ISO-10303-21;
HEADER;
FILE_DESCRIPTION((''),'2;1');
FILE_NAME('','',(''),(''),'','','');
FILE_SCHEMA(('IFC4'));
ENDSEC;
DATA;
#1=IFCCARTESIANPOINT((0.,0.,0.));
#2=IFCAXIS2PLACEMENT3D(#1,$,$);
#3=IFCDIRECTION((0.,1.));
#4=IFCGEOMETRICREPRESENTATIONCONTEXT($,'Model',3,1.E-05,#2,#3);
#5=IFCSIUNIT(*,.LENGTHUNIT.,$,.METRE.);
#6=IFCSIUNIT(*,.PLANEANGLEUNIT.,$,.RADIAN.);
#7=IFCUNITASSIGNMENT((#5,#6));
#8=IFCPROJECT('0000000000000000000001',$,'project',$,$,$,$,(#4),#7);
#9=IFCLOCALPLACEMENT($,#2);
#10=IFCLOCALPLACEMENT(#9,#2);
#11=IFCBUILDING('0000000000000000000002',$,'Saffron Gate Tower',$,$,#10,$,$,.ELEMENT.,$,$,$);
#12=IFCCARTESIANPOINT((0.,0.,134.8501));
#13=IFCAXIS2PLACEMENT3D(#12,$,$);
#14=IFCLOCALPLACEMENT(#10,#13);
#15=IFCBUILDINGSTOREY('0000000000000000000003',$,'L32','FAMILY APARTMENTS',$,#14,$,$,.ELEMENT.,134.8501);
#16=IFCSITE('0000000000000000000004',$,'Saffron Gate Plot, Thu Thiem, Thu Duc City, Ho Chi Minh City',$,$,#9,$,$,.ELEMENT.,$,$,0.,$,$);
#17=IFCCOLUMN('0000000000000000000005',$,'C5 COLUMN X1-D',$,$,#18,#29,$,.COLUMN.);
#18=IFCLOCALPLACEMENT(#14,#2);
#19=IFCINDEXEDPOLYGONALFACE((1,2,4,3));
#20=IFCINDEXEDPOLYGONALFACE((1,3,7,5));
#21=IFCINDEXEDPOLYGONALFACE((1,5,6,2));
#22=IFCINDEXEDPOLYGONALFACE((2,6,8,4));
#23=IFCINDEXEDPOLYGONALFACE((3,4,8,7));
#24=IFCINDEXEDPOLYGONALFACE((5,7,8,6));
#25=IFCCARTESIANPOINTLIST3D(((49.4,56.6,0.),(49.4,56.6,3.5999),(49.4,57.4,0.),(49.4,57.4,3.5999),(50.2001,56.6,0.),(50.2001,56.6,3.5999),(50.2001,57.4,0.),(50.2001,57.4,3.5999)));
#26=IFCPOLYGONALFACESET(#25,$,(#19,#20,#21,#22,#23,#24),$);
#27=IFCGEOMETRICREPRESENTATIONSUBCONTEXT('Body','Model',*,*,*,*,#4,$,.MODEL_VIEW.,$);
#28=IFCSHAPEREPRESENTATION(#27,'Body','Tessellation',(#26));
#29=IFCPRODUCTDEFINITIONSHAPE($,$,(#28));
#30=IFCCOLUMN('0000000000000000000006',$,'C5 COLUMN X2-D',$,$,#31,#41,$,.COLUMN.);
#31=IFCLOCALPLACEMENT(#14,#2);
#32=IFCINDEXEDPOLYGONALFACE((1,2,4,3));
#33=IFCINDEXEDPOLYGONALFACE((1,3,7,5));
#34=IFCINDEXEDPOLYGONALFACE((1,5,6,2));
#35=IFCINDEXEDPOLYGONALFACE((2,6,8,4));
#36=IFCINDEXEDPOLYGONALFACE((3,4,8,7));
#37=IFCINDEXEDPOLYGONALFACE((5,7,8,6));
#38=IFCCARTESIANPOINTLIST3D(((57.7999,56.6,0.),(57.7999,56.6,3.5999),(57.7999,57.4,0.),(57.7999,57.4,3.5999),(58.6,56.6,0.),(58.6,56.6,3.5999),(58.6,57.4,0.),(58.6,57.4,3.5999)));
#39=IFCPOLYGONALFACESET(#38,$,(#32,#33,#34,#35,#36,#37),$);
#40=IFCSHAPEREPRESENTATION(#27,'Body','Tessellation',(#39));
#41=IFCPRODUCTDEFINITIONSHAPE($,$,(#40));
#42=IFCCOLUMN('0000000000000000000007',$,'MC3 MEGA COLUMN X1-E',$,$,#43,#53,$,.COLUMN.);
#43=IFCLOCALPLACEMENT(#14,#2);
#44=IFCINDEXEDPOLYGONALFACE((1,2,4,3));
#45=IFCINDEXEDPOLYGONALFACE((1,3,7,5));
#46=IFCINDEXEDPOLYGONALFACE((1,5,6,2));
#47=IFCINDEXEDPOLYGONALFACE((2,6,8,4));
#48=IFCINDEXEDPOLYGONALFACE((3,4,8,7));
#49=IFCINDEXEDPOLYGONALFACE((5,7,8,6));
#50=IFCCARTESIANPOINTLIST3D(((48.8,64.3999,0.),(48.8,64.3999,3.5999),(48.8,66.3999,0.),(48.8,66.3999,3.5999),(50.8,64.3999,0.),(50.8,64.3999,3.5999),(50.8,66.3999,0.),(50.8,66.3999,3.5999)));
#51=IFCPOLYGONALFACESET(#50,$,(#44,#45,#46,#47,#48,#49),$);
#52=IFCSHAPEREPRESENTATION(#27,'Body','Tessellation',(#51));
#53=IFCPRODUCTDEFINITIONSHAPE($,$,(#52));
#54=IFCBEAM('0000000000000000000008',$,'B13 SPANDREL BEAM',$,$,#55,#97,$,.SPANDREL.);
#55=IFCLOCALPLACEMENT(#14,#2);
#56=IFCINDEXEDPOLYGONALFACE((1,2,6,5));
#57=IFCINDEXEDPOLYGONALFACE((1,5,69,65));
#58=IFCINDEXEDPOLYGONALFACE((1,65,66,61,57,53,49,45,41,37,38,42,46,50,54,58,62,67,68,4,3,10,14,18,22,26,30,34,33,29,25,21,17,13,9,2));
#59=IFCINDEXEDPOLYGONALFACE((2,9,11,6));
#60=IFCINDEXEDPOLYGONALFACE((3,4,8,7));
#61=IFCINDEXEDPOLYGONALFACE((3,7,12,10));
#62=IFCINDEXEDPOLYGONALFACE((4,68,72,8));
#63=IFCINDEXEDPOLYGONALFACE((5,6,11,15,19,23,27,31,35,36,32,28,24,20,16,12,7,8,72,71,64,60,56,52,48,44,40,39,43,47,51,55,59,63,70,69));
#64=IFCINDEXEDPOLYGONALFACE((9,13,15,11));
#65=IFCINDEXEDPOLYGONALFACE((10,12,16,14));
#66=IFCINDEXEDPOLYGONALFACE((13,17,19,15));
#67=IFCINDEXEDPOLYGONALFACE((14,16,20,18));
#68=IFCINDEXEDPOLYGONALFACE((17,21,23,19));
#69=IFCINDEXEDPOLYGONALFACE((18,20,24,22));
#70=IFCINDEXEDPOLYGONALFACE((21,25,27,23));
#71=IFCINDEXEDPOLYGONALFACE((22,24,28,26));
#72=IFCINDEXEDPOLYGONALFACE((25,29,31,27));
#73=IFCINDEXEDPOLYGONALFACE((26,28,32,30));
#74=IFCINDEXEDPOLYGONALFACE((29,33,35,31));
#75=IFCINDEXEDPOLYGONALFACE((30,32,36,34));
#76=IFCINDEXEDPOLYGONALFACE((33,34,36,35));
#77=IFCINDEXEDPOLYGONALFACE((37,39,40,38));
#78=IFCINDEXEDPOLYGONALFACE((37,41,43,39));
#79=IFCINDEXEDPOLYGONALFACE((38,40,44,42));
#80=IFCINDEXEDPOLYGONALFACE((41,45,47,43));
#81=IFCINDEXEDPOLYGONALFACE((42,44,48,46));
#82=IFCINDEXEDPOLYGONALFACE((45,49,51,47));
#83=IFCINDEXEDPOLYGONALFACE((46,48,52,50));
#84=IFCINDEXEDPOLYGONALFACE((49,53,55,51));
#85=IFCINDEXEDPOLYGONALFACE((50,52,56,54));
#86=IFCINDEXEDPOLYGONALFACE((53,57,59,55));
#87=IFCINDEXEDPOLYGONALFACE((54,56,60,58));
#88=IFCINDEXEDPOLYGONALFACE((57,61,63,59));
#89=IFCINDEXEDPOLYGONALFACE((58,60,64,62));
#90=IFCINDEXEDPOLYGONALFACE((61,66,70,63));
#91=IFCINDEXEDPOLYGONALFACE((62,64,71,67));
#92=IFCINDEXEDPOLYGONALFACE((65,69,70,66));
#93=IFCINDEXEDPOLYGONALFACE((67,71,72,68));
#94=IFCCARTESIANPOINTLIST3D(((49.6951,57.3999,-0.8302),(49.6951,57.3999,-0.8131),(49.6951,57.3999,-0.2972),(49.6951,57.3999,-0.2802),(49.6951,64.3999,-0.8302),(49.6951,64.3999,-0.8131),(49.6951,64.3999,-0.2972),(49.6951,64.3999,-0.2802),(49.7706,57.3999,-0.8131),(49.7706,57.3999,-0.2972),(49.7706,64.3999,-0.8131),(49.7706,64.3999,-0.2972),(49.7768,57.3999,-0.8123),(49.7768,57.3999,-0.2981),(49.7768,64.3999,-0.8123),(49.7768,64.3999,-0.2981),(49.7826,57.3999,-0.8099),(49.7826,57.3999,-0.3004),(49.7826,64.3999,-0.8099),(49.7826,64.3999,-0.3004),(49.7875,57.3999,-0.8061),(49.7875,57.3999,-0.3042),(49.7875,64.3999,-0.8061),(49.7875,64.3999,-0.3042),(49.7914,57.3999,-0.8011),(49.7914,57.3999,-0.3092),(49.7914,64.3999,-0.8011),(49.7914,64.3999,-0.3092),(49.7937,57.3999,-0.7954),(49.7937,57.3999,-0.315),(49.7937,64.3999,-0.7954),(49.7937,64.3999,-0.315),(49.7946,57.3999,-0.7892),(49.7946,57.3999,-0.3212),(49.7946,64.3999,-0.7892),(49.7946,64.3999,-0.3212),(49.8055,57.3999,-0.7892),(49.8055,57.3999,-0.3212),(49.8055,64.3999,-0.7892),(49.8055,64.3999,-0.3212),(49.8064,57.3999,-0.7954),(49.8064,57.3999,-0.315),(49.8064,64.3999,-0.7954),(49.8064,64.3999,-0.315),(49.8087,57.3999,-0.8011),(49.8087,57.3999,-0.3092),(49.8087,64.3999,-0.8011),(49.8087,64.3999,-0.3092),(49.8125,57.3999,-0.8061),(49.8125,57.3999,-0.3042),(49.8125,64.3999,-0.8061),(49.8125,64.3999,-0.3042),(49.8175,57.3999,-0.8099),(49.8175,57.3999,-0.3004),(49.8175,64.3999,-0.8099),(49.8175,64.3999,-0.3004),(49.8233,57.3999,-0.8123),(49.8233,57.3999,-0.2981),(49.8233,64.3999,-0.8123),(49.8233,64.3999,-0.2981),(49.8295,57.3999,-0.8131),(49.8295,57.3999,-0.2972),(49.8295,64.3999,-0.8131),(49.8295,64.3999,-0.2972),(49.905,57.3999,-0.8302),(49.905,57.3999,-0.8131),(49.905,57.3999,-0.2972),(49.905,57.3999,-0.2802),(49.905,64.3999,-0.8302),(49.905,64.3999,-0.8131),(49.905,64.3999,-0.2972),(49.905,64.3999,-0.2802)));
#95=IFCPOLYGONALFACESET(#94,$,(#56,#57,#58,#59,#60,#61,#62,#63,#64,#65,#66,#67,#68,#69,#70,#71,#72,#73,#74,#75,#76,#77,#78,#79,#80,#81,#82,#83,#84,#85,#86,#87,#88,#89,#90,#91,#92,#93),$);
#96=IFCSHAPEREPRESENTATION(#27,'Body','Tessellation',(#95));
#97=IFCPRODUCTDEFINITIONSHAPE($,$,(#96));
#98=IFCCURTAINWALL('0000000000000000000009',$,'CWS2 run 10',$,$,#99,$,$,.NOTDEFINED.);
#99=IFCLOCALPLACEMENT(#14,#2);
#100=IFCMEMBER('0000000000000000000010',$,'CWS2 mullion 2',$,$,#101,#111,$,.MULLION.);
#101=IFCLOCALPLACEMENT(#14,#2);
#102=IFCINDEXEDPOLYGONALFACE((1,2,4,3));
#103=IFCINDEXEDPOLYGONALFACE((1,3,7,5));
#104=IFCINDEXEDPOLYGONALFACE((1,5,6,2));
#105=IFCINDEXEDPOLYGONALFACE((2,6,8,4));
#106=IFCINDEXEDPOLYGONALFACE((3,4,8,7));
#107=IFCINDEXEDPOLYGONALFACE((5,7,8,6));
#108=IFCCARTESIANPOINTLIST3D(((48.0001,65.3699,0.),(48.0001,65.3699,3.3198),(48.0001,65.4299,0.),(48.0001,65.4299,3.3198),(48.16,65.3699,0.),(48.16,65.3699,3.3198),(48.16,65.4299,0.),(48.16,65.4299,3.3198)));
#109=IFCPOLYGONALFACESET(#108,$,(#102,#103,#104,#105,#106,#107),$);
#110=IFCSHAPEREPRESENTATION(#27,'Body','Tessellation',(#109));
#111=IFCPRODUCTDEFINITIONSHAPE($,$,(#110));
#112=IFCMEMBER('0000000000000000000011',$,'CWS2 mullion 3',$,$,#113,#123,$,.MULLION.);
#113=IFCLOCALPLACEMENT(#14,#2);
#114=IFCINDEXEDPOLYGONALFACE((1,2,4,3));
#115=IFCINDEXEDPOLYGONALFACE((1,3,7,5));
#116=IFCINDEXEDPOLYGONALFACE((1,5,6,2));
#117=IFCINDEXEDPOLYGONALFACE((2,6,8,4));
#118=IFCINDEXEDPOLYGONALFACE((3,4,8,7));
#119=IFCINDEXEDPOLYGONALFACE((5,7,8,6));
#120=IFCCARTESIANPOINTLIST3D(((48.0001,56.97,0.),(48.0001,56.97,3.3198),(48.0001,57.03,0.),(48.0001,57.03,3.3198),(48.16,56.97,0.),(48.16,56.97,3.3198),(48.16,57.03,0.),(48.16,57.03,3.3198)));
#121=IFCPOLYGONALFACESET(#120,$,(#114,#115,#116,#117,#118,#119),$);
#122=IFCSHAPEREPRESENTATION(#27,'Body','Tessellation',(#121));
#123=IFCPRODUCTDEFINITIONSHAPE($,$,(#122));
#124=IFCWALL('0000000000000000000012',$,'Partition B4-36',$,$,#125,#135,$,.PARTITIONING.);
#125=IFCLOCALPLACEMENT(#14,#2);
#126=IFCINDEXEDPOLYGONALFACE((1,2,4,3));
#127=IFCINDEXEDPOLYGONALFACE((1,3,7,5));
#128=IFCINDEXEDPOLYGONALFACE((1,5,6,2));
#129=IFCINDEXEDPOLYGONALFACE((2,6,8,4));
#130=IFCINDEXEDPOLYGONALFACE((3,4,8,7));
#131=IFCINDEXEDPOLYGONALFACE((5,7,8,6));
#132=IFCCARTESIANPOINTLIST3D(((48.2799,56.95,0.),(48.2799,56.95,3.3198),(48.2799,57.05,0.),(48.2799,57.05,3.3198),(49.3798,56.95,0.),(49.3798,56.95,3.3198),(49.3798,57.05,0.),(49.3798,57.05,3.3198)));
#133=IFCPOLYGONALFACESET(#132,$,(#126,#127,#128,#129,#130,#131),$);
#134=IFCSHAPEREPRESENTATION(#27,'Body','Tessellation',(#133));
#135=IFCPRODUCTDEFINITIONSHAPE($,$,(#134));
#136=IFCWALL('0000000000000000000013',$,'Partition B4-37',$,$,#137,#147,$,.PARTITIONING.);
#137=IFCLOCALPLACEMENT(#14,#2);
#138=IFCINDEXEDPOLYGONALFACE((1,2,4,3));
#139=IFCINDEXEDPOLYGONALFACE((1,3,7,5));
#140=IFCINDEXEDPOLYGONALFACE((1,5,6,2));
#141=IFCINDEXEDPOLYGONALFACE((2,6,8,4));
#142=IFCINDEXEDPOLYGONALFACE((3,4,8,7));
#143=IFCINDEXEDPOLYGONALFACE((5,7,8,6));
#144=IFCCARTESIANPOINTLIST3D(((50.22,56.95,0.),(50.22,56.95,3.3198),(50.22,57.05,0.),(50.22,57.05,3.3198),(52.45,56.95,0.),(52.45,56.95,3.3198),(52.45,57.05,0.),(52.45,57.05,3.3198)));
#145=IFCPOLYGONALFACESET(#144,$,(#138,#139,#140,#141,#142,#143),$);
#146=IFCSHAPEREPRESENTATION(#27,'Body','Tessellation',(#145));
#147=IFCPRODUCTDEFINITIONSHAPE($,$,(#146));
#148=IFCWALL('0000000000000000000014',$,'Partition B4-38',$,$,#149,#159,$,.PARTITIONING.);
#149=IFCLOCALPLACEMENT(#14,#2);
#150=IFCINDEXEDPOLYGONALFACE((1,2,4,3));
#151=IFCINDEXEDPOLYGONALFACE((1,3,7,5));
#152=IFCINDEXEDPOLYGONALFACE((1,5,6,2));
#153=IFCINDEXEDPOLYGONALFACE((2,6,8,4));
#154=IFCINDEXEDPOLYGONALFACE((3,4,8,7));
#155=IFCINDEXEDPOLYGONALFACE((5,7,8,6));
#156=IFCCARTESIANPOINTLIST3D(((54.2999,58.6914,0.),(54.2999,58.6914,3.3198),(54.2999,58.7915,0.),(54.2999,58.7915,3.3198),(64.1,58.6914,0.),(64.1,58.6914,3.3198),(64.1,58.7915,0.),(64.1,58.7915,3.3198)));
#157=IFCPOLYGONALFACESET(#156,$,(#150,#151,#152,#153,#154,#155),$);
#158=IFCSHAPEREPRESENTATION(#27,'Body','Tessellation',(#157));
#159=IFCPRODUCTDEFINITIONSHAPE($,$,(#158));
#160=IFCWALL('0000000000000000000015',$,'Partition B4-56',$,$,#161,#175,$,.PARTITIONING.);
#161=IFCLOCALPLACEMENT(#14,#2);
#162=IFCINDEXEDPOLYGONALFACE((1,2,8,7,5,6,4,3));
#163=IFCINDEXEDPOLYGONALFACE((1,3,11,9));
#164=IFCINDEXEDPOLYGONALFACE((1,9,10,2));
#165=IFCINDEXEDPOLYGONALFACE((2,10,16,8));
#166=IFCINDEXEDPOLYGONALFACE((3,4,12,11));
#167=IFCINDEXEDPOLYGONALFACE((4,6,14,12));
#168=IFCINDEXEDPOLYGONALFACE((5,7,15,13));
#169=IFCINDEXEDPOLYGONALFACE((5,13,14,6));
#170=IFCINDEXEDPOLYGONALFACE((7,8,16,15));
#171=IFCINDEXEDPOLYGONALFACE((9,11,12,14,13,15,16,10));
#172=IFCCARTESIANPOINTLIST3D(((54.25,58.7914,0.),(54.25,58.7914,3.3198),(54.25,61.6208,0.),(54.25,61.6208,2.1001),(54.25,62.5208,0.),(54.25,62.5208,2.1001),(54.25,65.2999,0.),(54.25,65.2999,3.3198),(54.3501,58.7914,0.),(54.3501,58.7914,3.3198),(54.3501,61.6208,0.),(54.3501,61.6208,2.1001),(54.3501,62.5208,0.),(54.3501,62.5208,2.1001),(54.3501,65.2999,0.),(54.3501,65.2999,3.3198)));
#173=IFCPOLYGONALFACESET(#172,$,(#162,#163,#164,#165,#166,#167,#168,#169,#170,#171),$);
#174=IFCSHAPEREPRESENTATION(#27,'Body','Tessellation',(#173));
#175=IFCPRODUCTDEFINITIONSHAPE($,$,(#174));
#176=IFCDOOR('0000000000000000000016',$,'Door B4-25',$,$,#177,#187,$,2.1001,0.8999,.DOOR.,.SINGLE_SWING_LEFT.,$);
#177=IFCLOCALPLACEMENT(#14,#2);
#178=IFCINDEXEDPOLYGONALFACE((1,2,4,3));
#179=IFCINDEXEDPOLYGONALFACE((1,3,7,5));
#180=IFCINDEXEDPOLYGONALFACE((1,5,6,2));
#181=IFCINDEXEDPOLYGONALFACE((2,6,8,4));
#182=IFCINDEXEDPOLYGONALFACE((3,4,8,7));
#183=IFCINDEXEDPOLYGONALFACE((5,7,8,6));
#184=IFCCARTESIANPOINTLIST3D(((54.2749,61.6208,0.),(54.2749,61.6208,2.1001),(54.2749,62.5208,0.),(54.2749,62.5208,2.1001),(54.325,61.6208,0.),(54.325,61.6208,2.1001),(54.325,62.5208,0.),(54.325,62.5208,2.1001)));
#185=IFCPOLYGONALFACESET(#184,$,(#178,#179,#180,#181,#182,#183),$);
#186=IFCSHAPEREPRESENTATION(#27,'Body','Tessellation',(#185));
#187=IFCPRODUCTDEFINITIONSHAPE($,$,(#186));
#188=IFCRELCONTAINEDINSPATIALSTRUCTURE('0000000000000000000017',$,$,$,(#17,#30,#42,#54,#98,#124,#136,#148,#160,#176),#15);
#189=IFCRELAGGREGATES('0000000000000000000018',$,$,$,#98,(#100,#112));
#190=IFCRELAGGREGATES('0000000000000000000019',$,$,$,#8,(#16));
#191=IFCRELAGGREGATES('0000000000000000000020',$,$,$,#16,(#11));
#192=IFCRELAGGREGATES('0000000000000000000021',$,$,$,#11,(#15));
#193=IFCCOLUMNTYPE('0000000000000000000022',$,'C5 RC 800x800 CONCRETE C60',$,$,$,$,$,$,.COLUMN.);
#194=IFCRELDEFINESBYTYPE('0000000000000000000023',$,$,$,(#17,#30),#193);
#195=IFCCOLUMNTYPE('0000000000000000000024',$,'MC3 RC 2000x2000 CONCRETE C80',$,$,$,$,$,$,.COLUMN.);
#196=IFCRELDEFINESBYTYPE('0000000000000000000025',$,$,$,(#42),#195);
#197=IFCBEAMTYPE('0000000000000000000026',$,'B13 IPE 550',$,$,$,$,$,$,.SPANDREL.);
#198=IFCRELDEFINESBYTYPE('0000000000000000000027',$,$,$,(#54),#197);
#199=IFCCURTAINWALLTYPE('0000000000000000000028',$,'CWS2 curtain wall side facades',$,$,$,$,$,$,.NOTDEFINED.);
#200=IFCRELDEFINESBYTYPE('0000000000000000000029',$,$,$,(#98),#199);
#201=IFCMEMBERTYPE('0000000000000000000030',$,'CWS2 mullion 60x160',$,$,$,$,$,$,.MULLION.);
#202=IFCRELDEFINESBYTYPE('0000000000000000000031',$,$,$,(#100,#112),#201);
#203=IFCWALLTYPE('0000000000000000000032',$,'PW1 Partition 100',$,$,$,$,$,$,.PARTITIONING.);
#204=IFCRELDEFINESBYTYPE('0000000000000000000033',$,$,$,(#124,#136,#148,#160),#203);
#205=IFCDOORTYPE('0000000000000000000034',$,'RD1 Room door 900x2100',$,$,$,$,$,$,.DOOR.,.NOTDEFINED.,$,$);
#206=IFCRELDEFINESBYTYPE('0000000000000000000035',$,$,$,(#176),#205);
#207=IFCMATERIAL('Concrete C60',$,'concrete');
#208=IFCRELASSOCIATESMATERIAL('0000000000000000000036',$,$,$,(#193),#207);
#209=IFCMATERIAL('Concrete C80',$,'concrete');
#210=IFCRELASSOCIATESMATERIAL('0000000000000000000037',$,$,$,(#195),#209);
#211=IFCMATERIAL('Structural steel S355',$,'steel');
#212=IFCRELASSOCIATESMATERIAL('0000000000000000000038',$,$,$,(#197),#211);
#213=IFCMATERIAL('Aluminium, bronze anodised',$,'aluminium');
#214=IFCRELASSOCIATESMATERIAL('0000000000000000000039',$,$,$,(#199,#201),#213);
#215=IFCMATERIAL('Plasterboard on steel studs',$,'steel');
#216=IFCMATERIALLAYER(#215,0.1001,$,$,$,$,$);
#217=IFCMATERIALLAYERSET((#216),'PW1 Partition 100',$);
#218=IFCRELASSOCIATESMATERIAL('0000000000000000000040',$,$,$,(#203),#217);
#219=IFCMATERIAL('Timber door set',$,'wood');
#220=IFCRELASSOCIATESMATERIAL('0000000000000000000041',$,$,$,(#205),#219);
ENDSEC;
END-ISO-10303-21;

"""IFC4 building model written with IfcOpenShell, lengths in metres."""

from ifc_helpers import new_model, si_unit, direction, frame, frame_2d, origin, origin_2d, place, context, subcontext, project, spatial, rectangle, i_section, extrude, material, layer, layer_set, material_profile, profile_set, type_object, element, fill, aggregate, save


model = new_model("IFC4")

# Units and contexts
model_context = context("Model", 3, precision=1e-05, world=origin(), true_north=direction((0.0, 1.0)))
body_context = subcontext(model_context, "Body", "Model", "MODEL_VIEW")
ifc_project = project(units=[si_unit("LENGTHUNIT", "METRE"), si_unit("PLANEANGLEUNIT", "RADIAN")], contexts=[model_context])

# Site, building, storey
site_placement = place(None, origin())
site = spatial("IfcSite", under=ifc_project, at=site_placement, Name="Saffron Gate Plot, Thu Thiem, Thu Duc City, Ho Chi Minh City", CompositionType="ELEMENT", RefElevation=0.0)
building_placement = place(site_placement, origin())
building = spatial("IfcBuilding", under=site, at=building_placement, Name="Saffron Gate Tower", CompositionType="ELEMENT")
storey_placement = place(building_placement, frame((0.0, 0.0, 134.8501)))
storey = spatial("IfcBuildingStorey", under=building, at=storey_placement, Name="L32", Description="FAMILY APARTMENTS", CompositionType="ELEMENT", Elevation=134.8501)

# Columns
ifc_material_1 = material(Name="Concrete C60", Category="concrete")
ifc_material_profile_1 = material_profile(ifc_material_1, rectangle(XDim=0.8, YDim=0.8, at=origin_2d()))
ifc_profile_set_1 = profile_set([ifc_material_profile_1], Name="Concrete C60")
column_type_1 = type_object("IfcColumnType", Name="C5 RC 800x800 CONCRETE C60", PredefinedType="COLUMN", material=ifc_profile_set_1)
for number, where, z_axis, x_axis, name in (
    (1, (49.8, 57.0, 0.0), (0.0, 0.0, 1.0), (1.0, 0.0, 0.0), "C5 COLUMN X1-D"),
    (2, (58.2, 57.0, 0.0), (0.0, 0.0, 1.0), (1.0, 0.0, 0.0), "C5 COLUMN X2-D"),
):
    element("IfcColumn", number, at=place(storey_placement, frame(where, z_axis=z_axis, x_axis=x_axis)), inside=storey, type_object=column_type_1, Name=name, PredefinedType="COLUMN", context=body_context, shape_type="SweptSolid", body=[
        extrude(rectangle(XDim=0.8, YDim=0.8, at=origin_2d()), origin(), (0.0, 0.0, 1.0), 3.5999),
    ])
ifc_material_2 = material(Name="Concrete C80", Category="concrete")
ifc_material_profile_2 = material_profile(ifc_material_2, rectangle(XDim=2.0, YDim=2.0, at=origin_2d()))
ifc_profile_set_2 = profile_set([ifc_material_profile_2], Name="Concrete C80")
column_type_2 = type_object("IfcColumnType", Name="MC3 RC 2000x2000 CONCRETE C80", PredefinedType="COLUMN", material=ifc_profile_set_2)
column_placement = place(storey_placement, frame((49.8, 65.3999, 0.0), z_axis=(0.0, 0.0, 1.0), x_axis=(1.0, 0.0, 0.0)))
element("IfcColumn", 3, at=column_placement, inside=storey, type_object=column_type_2, Name="MC3 MEGA COLUMN X1-E", PredefinedType="COLUMN", context=body_context, shape_type="SweptSolid", body=[
    extrude(rectangle(XDim=2.0, YDim=2.0, at=origin_2d()), origin(), (0.0, 0.0, 1.0), 3.5999),
])

# Beam
ifc_material_3 = material(Name="Structural steel S355", Category="steel")
ifc_material_profile_3 = material_profile(ifc_material_3, i_section(OverallWidth=0.21, OverallDepth=0.55, WebThickness=0.011, FlangeThickness=0.0171, FilletRadius=0.0239, at=origin_2d()))
ifc_profile_set_3 = profile_set([ifc_material_profile_3], Name="Structural steel S355")
beam_type = type_object("IfcBeamType", Name="B13 IPE 550", PredefinedType="SPANDREL", material=ifc_profile_set_3)
beam_placement = place(storey_placement, frame((49.8, 57.3999, -0.5552), z_axis=(0.0, 1.0, 0.0), x_axis=(-1.0, 0.0, 0.0)))
element("IfcBeam", 4, at=beam_placement, inside=storey, type_object=beam_type, Name="B13 SPANDREL BEAM", PredefinedType="SPANDREL", context=body_context, shape_type="SweptSolid", body=[
    extrude(i_section(OverallWidth=0.21, OverallDepth=0.55, WebThickness=0.011, FlangeThickness=0.0171, FilletRadius=0.0239, at=origin_2d()), origin(), (0.0, 0.0, 1.0), 7.0),
])

# Curtain wall, members
ifc_material_4 = material(Name="Aluminium, bronze anodised", Category="aluminium")
curtain_wall_type = type_object("IfcCurtainWallType", Name="CWS2 curtain wall side facades", PredefinedType="NOTDEFINED", material=ifc_material_4)
curtain_wall_placement = place(storey_placement, origin())
curtain_wall = element("IfcCurtainWall", 5, at=curtain_wall_placement, inside=storey, type_object=curtain_wall_type, Name="CWS2 run 10", PredefinedType="NOTDEFINED")
ifc_material_profile_4 = material_profile(ifc_material_4, rectangle(XDim=0.1599, YDim=0.0601, at=origin_2d()))
ifc_profile_set_4 = profile_set([ifc_material_profile_4], Name="Aluminium, bronze anodised")
member_type = type_object("IfcMemberType", Name="CWS2 mullion 60x160", PredefinedType="MULLION", material=ifc_profile_set_4)
member_1_placement = place(storey_placement, frame((48.0801, 65.3999, 0.0), z_axis=(0.0, 0.0, 1.0), x_axis=(1.0, 0.0, 0.0)))
member_1 = element("IfcMember", 6, at=member_1_placement, type_object=member_type, Name="CWS2 mullion 2", PredefinedType="MULLION", context=body_context, shape_type="SweptSolid", body=[
    extrude(rectangle(XDim=0.1599, YDim=0.0601, at=origin_2d()), origin(), (0.0, 0.0, 1.0), 3.3198),
])
member_2_placement = place(storey_placement, frame((48.0801, 57.0, 0.0), z_axis=(0.0, 0.0, 1.0), x_axis=(1.0, 0.0, 0.0)))
member_2 = element("IfcMember", 7, at=member_2_placement, type_object=member_type, Name="CWS2 mullion 3", PredefinedType="MULLION", context=body_context, shape_type="SweptSolid", body=[
    extrude(rectangle(XDim=0.1599, YDim=0.0601, at=origin_2d()), origin(), (0.0, 0.0, 1.0), 3.3198),
])
aggregate(curtain_wall, [member_1, member_2])

# Walls
ifc_material_5 = material(Name="Plasterboard on steel studs", Category="steel")
ifc_layer_1 = layer(ifc_material_5, 0.1001)
ifc_layer_set_1 = layer_set([ifc_layer_1], Name="PW1 Partition 100")
wall_type_1 = type_object("IfcWallType", Name="PW1 Partition 100", PredefinedType="PARTITIONING", material=ifc_layer_set_1)
wall_1_placement = place(storey_placement, frame((48.28, 57.0, 0.0), z_axis=(0.0, 0.0, 1.0), x_axis=(1.0, 0.0, 0.0)))
element("IfcWall", 8, at=wall_1_placement, inside=storey, type_object=wall_type_1, Name="Partition B4-36", PredefinedType="PARTITIONING", context=body_context, shape_type="SweptSolid", body=[
    extrude(rectangle(XDim=1.0999, YDim=0.1001, at=frame_2d((0.5498, 0.0))), origin(), (0.0, 0.0, 1.0), 3.3198),
])
wall_2_placement = place(storey_placement, frame((50.22, 57.0, 0.0), z_axis=(0.0, 0.0, 1.0), x_axis=(1.0, 0.0, 0.0)))
element("IfcWall", 9, at=wall_2_placement, inside=storey, type_object=wall_type_1, Name="Partition B4-37", PredefinedType="PARTITIONING", context=body_context, shape_type="SweptSolid", body=[
    extrude(rectangle(XDim=2.23, YDim=0.1001, at=frame_2d((1.115, 0.0))), origin(), (0.0, 0.0, 1.0), 3.3198),
])
wall_3_placement = place(storey_placement, frame((54.3, 58.7415, 0.0), z_axis=(0.0, 0.0, 1.0), x_axis=(1.0, 0.0, 0.0)))
element("IfcWall", 10, at=wall_3_placement, inside=storey, type_object=wall_type_1, Name="Partition B4-38", PredefinedType="PARTITIONING", context=body_context, shape_type="SweptSolid", body=[
    extrude(rectangle(XDim=9.8, YDim=0.1001, at=frame_2d((4.8999, 0.0))), origin(), (0.0, 0.0, 1.0), 3.3198),
])

# Wall, opening, door
wall_4_placement = place(storey_placement, frame((54.3, 65.3, 0.0), z_axis=(0.0, 0.0, 1.0), x_axis=(0.0, -1.0, 0.0)))
wall_4 = element("IfcWall", 11, at=wall_4_placement, inside=storey, type_object=wall_type_1, Name="Partition B4-56", PredefinedType="PARTITIONING", context=body_context, shape_type="SweptSolid", body=[
    extrude(rectangle(XDim=6.5085, YDim=0.1001, at=frame_2d((3.2544, 0.0))), origin(), (0.0, 0.0, 1.0), 3.3198),
])
opening_placement = place(wall_4_placement, frame((2.7793, 0.0, 0.0)))
opening = element("IfcOpeningElement", 12, at=opening_placement, cuts=wall_4, PredefinedType="OPENING", context=body_context, shape_type="SweptSolid", body=[
    extrude(rectangle(XDim=0.8999, YDim=2.1001, at=frame_2d((0.45, 1.05))), frame((0.0, 0.0601, 0.0), z_axis=(0.0, -1.0, 0.0), x_axis=(1.0, 0.0, 0.0)), (0.0, 0.0, 1.0), 0.1201),
])
ifc_material_6 = material(Name="Timber door set", Category="wood")
door_type = type_object("IfcDoorType", Name="RD1 Room door 900x2100", OperationType="NOTDEFINED", PredefinedType="DOOR", material=ifc_material_6)
door_placement = place(opening_placement, origin())
door = element("IfcDoor", 13, at=door_placement, inside=storey, type_object=door_type, Name="Door B4-25", OperationType="SINGLE_SWING_LEFT", OverallHeight=2.1001, OverallWidth=0.8999, PredefinedType="DOOR", context=body_context, shape_type="SweptSolid", body=[
    extrude(rectangle(XDim=0.8999, YDim=2.1001, at=frame_2d((0.45, 1.05))), frame((0.0, 0.0249, 0.0), z_axis=(0.0, -1.0, 0.0), x_axis=(1.0, 0.0, 0.0)), (0.0, 0.0, 1.0), 0.05),
])
fill(opening, door)

save(model, "model.ifc")
